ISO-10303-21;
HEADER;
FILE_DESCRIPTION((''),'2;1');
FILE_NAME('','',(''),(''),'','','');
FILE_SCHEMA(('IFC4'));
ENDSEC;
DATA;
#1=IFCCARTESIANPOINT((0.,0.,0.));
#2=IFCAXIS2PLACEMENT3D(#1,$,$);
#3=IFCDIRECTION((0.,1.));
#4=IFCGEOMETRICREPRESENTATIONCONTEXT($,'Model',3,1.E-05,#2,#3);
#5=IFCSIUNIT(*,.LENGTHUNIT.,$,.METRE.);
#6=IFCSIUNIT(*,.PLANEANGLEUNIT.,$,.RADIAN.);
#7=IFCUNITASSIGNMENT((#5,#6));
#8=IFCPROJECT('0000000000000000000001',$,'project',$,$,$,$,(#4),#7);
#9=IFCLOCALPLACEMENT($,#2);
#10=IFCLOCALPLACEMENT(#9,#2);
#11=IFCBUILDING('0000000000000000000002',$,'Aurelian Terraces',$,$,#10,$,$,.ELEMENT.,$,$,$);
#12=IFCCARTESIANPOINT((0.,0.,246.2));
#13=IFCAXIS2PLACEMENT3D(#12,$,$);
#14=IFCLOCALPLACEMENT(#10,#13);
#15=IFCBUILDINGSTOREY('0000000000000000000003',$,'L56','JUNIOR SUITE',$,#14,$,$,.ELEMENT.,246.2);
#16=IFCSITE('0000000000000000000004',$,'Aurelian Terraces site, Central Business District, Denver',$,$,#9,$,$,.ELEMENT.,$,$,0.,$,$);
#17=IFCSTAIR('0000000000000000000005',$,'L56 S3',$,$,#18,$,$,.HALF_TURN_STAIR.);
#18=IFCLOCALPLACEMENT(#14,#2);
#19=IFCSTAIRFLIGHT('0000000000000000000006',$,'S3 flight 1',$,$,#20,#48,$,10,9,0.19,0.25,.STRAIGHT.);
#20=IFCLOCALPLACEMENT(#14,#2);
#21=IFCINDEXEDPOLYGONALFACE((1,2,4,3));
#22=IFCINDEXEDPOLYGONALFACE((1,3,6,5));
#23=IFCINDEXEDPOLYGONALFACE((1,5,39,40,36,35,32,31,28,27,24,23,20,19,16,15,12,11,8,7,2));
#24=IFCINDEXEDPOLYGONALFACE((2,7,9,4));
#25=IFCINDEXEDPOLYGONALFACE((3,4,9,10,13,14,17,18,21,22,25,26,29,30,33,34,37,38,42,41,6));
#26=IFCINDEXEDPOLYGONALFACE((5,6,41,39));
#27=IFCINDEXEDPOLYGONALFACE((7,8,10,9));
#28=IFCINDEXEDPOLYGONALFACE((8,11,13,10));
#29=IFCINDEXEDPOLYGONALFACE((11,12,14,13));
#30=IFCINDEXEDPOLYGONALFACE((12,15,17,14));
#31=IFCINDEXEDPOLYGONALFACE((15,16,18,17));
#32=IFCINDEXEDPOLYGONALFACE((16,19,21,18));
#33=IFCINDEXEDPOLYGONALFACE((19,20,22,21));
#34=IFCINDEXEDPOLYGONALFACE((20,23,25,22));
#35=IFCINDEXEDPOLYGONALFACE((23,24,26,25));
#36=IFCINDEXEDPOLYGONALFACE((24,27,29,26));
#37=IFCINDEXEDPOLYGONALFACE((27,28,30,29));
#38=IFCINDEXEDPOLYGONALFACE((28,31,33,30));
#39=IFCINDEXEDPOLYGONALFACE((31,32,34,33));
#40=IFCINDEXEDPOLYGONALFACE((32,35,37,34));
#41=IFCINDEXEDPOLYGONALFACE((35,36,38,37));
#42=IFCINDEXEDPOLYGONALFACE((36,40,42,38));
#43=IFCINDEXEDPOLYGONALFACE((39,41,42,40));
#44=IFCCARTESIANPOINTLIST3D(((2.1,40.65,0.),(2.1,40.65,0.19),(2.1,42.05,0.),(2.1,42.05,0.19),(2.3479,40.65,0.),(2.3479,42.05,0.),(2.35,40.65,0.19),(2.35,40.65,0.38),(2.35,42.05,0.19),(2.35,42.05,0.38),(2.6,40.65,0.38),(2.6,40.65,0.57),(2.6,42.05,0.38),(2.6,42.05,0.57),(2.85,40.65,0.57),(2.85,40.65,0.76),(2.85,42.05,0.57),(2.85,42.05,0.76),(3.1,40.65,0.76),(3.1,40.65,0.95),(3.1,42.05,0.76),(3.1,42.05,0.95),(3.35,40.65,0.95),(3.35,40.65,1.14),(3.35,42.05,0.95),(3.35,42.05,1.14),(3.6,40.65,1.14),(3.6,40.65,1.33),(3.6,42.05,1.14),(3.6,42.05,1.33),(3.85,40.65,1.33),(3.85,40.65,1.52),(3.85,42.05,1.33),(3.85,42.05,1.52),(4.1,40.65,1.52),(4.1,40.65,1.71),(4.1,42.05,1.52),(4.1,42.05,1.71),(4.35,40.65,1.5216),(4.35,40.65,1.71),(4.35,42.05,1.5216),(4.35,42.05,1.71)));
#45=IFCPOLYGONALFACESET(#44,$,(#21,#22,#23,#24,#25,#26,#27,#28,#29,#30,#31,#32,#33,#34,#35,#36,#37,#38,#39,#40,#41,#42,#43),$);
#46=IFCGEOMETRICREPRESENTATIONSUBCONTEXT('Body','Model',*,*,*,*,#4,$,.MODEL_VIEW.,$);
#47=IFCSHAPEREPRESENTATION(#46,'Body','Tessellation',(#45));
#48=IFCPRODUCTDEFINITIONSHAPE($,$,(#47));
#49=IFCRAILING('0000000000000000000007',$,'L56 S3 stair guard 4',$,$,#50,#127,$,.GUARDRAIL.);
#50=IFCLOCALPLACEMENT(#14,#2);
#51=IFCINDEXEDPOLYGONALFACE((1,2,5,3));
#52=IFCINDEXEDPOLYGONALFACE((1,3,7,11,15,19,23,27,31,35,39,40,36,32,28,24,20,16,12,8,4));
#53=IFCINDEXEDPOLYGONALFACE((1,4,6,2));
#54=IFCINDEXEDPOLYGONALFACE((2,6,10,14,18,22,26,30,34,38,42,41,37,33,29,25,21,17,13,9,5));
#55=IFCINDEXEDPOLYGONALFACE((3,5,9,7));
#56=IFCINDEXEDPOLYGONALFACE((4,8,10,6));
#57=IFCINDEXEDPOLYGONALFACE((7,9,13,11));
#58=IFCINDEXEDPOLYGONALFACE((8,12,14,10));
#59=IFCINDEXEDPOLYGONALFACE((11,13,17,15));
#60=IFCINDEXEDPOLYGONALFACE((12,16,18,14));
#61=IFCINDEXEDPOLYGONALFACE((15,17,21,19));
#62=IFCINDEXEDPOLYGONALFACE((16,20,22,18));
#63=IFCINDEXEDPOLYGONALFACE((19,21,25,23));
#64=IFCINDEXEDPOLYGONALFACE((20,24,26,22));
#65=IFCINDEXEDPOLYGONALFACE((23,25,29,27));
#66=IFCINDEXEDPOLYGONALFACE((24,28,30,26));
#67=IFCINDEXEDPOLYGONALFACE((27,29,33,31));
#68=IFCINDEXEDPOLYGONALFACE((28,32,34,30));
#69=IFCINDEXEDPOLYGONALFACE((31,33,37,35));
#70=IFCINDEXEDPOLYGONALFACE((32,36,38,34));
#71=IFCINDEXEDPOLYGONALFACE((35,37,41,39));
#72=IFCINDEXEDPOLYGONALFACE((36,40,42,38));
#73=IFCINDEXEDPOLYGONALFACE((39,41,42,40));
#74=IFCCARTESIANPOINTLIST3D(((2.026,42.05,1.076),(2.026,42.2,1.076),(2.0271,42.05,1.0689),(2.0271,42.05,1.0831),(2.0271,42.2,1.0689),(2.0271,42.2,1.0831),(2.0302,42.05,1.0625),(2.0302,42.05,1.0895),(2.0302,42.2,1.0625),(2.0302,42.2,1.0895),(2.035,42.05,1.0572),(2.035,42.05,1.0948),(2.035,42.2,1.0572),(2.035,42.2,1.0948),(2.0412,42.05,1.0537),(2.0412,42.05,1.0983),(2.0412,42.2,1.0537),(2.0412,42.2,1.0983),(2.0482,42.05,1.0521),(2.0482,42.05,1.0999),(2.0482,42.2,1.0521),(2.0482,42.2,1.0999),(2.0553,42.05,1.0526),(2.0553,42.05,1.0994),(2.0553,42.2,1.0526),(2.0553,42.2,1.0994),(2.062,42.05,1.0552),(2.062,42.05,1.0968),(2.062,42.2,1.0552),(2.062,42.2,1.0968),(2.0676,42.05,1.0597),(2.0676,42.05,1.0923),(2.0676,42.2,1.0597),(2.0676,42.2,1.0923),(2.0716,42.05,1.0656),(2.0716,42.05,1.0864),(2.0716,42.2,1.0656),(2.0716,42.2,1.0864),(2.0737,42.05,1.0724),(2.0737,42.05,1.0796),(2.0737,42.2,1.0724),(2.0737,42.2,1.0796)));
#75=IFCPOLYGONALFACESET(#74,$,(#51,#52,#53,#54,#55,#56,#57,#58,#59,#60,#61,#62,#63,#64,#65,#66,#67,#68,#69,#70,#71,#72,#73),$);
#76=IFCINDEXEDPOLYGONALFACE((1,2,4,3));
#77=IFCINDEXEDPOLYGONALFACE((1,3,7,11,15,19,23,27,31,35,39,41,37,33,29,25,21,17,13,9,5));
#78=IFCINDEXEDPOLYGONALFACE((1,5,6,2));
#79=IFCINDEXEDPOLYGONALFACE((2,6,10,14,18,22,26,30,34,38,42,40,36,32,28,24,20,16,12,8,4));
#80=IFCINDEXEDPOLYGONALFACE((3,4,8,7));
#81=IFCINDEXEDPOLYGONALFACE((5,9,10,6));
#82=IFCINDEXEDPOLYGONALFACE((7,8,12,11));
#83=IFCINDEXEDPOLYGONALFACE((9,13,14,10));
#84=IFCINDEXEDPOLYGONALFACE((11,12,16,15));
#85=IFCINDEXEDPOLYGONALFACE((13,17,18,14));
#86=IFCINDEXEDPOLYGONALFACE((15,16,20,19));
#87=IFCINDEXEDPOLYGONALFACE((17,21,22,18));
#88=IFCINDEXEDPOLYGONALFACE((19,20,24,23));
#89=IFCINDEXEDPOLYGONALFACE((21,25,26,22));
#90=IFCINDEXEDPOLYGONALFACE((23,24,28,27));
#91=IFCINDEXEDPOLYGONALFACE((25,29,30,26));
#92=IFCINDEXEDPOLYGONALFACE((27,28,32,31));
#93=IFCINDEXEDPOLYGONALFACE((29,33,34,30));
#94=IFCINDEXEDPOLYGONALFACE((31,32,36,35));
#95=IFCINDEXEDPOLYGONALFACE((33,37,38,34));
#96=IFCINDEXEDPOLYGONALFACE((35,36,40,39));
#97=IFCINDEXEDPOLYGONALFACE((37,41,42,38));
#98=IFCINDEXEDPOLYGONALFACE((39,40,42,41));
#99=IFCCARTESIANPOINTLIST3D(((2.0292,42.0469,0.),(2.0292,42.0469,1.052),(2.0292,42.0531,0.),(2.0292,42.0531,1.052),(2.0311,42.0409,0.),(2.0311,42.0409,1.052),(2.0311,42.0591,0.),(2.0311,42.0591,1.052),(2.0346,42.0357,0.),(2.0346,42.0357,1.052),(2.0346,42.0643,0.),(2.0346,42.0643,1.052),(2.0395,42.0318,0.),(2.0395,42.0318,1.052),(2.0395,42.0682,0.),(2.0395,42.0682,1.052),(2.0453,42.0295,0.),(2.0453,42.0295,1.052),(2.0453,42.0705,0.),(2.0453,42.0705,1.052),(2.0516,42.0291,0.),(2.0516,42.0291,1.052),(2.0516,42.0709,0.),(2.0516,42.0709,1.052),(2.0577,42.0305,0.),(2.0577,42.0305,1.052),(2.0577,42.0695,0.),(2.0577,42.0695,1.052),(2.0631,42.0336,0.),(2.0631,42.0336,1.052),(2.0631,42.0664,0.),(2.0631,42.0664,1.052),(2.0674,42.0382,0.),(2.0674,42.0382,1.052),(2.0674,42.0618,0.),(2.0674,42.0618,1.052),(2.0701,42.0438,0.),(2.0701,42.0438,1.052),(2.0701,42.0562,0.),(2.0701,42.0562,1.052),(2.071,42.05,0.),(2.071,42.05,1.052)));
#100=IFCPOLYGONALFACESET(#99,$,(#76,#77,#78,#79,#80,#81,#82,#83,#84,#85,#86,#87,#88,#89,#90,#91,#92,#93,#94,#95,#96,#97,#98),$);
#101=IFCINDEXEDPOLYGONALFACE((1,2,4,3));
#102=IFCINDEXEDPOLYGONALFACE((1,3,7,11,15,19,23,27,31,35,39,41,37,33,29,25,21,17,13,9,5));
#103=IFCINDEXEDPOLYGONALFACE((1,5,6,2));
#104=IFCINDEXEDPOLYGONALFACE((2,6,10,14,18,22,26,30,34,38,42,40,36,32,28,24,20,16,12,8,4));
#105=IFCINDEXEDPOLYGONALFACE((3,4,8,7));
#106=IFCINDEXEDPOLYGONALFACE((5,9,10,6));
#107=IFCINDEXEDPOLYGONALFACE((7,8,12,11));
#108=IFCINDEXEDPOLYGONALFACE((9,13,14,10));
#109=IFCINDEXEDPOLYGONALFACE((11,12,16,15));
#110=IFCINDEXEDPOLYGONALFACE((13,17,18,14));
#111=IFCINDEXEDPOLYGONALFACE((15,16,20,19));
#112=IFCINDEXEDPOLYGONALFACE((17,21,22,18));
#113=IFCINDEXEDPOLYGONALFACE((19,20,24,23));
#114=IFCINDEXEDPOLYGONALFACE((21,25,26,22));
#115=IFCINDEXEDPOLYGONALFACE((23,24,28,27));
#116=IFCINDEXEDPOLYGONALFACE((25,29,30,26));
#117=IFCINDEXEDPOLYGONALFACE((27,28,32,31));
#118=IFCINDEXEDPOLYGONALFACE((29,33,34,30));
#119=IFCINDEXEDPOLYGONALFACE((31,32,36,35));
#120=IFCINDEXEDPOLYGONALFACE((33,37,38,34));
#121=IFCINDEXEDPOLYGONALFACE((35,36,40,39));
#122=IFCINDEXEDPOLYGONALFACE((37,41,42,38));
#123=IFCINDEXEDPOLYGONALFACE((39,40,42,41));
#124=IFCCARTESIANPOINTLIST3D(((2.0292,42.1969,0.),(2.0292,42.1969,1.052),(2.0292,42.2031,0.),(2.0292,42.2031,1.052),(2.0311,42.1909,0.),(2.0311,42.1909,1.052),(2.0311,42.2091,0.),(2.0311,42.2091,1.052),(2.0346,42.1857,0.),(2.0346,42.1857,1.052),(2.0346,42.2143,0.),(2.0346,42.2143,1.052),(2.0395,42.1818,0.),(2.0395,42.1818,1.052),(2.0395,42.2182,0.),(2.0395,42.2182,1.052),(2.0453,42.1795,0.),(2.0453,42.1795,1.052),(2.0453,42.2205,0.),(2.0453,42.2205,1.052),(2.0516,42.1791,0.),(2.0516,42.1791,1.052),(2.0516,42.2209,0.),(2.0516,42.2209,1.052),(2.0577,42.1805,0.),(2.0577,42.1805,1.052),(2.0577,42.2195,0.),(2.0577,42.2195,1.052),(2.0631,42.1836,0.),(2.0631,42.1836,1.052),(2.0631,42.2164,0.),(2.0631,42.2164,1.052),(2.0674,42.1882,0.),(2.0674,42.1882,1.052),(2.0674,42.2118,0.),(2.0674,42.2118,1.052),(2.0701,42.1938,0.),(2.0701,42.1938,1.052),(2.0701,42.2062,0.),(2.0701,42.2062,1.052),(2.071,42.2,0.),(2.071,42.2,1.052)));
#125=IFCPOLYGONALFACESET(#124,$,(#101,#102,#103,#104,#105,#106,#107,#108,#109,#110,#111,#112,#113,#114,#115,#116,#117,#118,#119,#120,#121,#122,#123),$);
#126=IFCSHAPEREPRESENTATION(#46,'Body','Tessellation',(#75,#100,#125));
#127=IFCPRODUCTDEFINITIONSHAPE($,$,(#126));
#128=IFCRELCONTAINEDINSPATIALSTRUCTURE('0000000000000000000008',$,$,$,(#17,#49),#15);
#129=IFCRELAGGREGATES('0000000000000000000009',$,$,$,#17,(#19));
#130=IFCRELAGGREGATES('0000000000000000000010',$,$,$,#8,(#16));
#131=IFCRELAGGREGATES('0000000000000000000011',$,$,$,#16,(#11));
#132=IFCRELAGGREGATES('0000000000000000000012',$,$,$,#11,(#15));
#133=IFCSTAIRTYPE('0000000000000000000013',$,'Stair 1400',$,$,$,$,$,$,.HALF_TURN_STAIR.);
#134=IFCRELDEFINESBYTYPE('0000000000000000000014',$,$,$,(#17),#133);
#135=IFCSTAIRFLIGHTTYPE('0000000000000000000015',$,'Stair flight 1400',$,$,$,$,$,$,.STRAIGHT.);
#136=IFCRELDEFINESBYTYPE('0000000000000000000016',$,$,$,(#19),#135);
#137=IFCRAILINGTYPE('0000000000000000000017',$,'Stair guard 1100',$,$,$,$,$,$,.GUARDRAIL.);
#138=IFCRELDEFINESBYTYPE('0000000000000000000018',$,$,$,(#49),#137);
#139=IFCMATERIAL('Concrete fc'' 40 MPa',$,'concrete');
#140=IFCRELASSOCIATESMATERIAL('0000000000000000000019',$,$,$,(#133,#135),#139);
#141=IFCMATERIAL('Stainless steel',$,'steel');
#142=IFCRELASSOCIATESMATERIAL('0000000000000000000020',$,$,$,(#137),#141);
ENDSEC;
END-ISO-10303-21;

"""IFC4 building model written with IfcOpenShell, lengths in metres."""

from ifc_helpers import new_model, si_unit, direction, frame, origin, origin_2d, place, context, subcontext, project, spatial, polyline, circle, outline, extrude, source, transform, mapped, material, type_object, element, aggregate, save


model = new_model("IFC4")

# Units and contexts
model_context = context("Model", 3, precision=1e-05, world=origin(), true_north=direction((0.0, 1.0)))
body_context = subcontext(model_context, "Body", "Model", "MODEL_VIEW")
ifc_project = project(units=[si_unit("LENGTHUNIT", "METRE"), si_unit("PLANEANGLEUNIT", "RADIAN")], contexts=[model_context])

# Site, building, storey
site_placement = place(None, origin())
site = spatial("IfcSite", under=ifc_project, at=site_placement, Name="Aurelian Terraces site, Central Business District, Denver", CompositionType="ELEMENT", RefElevation=0.0)
building_placement = place(site_placement, origin())
building = spatial("IfcBuilding", under=site, at=building_placement, Name="Aurelian Terraces", CompositionType="ELEMENT")
storey_placement = place(building_placement, frame((0.0, 0.0, 246.2)))
storey = spatial("IfcBuildingStorey", under=building, at=storey_placement, Name="L56", Description="JUNIOR SUITE", CompositionType="ELEMENT", Elevation=246.2)

# Shared definitions
ifc_material_1 = material(Name="Concrete fc' 40 MPa", Category="concrete")

# Stair, stair flight
stair_type = type_object("IfcStairType", Name="Stair 1400", PredefinedType="HALF_TURN_STAIR", material=ifc_material_1)
stair_placement = place(storey_placement, origin())
stair = element("IfcStair", 1, at=stair_placement, inside=storey, type_object=stair_type, Name="L56 S3", PredefinedType="HALF_TURN_STAIR")
stair_flight_type = type_object("IfcStairFlightType", Name="Stair flight 1400", PredefinedType="STRAIGHT", material=ifc_material_1)
shared_shape_1 = source(origin(), body_context, "Body", "SweptSolid", [
    extrude(outline(polyline([(0.0, 0.0), (0.0, 0.19), (0.25, 0.19), (0.25, 0.38), (0.5, 0.38), (0.5, 0.57), (0.75, 0.57), (0.75, 0.76), (1.0, 0.76), (1.0, 0.95), (1.25, 0.95), (1.25, 1.14), (1.5, 1.14), (1.5, 1.33), (1.75, 1.33), (1.75, 1.52), (2.0, 1.52), (2.0, 1.71), (2.25, 1.71), (2.25, 1.9), (2.25, 1.5216), (0.2479, 0.0), (0.0, 0.0)])), frame((0.0, 0.7, 0.0), z_axis=(0.0, -1.0, 0.0), x_axis=(1.0, 0.0, 0.0)), (0.0, 0.0, 1.0), 1.4),
])
stair_flight_placement = place(storey_placement, frame((2.1, 41.35, 0.0), z_axis=(0.0, 0.0, 1.0), x_axis=(1.0, 0.0, 0.0)))
stair_flight = element("IfcStairFlight", 2, at=stair_flight_placement, type_object=stair_flight_type, Name="S3 flight 1", NumberOfRisers=10, NumberOfTreads=9, PredefinedType="STRAIGHT", RiserHeight=0.19, TreadLength=0.25, context=body_context, shape_type="MappedRepresentation", body=[
    mapped(shared_shape_1, transform((0.0, 0.0, 0.0), scale=1.0)),
])
aggregate(stair, [stair_flight])

# Railing
ifc_material_2 = material(Name="Stainless steel", Category="steel")
railing_type_1 = type_object("IfcRailingType", Name="Stair guard 1100", PredefinedType="GUARDRAIL", material=ifc_material_2)
shared_shape_2 = source(origin(), body_context, "Body", "SweptSolid", [
    extrude(circle(Radius=0.024, at=origin_2d()), frame((0.0, 0.0, 1.076), z_axis=(0.0, 1.0, 0.0), x_axis=(-1.0, 0.0, 0.0)), (0.0, 0.0, 1.0), 0.15),
    extrude(circle(Radius=0.021, at=origin_2d()), origin(), (0.0, 0.0, 1.0), 1.052),
    extrude(circle(Radius=0.021, at=origin_2d()), frame((0.0, 0.15, 0.0)), (0.0, 0.0, 1.0), 1.052),
])
railing_1_placement = place(storey_placement, frame((2.05, 42.05, 0.0)))
element("IfcRailing", 3, at=railing_1_placement, inside=storey, type_object=railing_type_1, Name="L56 S3 stair guard 4", PredefinedType="GUARDRAIL", context=body_context, shape_type="MappedRepresentation", body=[
    mapped(shared_shape_2, transform((0.0, 0.0, 0.0), scale=1.0)),
])

save(model, "model.ifc")
